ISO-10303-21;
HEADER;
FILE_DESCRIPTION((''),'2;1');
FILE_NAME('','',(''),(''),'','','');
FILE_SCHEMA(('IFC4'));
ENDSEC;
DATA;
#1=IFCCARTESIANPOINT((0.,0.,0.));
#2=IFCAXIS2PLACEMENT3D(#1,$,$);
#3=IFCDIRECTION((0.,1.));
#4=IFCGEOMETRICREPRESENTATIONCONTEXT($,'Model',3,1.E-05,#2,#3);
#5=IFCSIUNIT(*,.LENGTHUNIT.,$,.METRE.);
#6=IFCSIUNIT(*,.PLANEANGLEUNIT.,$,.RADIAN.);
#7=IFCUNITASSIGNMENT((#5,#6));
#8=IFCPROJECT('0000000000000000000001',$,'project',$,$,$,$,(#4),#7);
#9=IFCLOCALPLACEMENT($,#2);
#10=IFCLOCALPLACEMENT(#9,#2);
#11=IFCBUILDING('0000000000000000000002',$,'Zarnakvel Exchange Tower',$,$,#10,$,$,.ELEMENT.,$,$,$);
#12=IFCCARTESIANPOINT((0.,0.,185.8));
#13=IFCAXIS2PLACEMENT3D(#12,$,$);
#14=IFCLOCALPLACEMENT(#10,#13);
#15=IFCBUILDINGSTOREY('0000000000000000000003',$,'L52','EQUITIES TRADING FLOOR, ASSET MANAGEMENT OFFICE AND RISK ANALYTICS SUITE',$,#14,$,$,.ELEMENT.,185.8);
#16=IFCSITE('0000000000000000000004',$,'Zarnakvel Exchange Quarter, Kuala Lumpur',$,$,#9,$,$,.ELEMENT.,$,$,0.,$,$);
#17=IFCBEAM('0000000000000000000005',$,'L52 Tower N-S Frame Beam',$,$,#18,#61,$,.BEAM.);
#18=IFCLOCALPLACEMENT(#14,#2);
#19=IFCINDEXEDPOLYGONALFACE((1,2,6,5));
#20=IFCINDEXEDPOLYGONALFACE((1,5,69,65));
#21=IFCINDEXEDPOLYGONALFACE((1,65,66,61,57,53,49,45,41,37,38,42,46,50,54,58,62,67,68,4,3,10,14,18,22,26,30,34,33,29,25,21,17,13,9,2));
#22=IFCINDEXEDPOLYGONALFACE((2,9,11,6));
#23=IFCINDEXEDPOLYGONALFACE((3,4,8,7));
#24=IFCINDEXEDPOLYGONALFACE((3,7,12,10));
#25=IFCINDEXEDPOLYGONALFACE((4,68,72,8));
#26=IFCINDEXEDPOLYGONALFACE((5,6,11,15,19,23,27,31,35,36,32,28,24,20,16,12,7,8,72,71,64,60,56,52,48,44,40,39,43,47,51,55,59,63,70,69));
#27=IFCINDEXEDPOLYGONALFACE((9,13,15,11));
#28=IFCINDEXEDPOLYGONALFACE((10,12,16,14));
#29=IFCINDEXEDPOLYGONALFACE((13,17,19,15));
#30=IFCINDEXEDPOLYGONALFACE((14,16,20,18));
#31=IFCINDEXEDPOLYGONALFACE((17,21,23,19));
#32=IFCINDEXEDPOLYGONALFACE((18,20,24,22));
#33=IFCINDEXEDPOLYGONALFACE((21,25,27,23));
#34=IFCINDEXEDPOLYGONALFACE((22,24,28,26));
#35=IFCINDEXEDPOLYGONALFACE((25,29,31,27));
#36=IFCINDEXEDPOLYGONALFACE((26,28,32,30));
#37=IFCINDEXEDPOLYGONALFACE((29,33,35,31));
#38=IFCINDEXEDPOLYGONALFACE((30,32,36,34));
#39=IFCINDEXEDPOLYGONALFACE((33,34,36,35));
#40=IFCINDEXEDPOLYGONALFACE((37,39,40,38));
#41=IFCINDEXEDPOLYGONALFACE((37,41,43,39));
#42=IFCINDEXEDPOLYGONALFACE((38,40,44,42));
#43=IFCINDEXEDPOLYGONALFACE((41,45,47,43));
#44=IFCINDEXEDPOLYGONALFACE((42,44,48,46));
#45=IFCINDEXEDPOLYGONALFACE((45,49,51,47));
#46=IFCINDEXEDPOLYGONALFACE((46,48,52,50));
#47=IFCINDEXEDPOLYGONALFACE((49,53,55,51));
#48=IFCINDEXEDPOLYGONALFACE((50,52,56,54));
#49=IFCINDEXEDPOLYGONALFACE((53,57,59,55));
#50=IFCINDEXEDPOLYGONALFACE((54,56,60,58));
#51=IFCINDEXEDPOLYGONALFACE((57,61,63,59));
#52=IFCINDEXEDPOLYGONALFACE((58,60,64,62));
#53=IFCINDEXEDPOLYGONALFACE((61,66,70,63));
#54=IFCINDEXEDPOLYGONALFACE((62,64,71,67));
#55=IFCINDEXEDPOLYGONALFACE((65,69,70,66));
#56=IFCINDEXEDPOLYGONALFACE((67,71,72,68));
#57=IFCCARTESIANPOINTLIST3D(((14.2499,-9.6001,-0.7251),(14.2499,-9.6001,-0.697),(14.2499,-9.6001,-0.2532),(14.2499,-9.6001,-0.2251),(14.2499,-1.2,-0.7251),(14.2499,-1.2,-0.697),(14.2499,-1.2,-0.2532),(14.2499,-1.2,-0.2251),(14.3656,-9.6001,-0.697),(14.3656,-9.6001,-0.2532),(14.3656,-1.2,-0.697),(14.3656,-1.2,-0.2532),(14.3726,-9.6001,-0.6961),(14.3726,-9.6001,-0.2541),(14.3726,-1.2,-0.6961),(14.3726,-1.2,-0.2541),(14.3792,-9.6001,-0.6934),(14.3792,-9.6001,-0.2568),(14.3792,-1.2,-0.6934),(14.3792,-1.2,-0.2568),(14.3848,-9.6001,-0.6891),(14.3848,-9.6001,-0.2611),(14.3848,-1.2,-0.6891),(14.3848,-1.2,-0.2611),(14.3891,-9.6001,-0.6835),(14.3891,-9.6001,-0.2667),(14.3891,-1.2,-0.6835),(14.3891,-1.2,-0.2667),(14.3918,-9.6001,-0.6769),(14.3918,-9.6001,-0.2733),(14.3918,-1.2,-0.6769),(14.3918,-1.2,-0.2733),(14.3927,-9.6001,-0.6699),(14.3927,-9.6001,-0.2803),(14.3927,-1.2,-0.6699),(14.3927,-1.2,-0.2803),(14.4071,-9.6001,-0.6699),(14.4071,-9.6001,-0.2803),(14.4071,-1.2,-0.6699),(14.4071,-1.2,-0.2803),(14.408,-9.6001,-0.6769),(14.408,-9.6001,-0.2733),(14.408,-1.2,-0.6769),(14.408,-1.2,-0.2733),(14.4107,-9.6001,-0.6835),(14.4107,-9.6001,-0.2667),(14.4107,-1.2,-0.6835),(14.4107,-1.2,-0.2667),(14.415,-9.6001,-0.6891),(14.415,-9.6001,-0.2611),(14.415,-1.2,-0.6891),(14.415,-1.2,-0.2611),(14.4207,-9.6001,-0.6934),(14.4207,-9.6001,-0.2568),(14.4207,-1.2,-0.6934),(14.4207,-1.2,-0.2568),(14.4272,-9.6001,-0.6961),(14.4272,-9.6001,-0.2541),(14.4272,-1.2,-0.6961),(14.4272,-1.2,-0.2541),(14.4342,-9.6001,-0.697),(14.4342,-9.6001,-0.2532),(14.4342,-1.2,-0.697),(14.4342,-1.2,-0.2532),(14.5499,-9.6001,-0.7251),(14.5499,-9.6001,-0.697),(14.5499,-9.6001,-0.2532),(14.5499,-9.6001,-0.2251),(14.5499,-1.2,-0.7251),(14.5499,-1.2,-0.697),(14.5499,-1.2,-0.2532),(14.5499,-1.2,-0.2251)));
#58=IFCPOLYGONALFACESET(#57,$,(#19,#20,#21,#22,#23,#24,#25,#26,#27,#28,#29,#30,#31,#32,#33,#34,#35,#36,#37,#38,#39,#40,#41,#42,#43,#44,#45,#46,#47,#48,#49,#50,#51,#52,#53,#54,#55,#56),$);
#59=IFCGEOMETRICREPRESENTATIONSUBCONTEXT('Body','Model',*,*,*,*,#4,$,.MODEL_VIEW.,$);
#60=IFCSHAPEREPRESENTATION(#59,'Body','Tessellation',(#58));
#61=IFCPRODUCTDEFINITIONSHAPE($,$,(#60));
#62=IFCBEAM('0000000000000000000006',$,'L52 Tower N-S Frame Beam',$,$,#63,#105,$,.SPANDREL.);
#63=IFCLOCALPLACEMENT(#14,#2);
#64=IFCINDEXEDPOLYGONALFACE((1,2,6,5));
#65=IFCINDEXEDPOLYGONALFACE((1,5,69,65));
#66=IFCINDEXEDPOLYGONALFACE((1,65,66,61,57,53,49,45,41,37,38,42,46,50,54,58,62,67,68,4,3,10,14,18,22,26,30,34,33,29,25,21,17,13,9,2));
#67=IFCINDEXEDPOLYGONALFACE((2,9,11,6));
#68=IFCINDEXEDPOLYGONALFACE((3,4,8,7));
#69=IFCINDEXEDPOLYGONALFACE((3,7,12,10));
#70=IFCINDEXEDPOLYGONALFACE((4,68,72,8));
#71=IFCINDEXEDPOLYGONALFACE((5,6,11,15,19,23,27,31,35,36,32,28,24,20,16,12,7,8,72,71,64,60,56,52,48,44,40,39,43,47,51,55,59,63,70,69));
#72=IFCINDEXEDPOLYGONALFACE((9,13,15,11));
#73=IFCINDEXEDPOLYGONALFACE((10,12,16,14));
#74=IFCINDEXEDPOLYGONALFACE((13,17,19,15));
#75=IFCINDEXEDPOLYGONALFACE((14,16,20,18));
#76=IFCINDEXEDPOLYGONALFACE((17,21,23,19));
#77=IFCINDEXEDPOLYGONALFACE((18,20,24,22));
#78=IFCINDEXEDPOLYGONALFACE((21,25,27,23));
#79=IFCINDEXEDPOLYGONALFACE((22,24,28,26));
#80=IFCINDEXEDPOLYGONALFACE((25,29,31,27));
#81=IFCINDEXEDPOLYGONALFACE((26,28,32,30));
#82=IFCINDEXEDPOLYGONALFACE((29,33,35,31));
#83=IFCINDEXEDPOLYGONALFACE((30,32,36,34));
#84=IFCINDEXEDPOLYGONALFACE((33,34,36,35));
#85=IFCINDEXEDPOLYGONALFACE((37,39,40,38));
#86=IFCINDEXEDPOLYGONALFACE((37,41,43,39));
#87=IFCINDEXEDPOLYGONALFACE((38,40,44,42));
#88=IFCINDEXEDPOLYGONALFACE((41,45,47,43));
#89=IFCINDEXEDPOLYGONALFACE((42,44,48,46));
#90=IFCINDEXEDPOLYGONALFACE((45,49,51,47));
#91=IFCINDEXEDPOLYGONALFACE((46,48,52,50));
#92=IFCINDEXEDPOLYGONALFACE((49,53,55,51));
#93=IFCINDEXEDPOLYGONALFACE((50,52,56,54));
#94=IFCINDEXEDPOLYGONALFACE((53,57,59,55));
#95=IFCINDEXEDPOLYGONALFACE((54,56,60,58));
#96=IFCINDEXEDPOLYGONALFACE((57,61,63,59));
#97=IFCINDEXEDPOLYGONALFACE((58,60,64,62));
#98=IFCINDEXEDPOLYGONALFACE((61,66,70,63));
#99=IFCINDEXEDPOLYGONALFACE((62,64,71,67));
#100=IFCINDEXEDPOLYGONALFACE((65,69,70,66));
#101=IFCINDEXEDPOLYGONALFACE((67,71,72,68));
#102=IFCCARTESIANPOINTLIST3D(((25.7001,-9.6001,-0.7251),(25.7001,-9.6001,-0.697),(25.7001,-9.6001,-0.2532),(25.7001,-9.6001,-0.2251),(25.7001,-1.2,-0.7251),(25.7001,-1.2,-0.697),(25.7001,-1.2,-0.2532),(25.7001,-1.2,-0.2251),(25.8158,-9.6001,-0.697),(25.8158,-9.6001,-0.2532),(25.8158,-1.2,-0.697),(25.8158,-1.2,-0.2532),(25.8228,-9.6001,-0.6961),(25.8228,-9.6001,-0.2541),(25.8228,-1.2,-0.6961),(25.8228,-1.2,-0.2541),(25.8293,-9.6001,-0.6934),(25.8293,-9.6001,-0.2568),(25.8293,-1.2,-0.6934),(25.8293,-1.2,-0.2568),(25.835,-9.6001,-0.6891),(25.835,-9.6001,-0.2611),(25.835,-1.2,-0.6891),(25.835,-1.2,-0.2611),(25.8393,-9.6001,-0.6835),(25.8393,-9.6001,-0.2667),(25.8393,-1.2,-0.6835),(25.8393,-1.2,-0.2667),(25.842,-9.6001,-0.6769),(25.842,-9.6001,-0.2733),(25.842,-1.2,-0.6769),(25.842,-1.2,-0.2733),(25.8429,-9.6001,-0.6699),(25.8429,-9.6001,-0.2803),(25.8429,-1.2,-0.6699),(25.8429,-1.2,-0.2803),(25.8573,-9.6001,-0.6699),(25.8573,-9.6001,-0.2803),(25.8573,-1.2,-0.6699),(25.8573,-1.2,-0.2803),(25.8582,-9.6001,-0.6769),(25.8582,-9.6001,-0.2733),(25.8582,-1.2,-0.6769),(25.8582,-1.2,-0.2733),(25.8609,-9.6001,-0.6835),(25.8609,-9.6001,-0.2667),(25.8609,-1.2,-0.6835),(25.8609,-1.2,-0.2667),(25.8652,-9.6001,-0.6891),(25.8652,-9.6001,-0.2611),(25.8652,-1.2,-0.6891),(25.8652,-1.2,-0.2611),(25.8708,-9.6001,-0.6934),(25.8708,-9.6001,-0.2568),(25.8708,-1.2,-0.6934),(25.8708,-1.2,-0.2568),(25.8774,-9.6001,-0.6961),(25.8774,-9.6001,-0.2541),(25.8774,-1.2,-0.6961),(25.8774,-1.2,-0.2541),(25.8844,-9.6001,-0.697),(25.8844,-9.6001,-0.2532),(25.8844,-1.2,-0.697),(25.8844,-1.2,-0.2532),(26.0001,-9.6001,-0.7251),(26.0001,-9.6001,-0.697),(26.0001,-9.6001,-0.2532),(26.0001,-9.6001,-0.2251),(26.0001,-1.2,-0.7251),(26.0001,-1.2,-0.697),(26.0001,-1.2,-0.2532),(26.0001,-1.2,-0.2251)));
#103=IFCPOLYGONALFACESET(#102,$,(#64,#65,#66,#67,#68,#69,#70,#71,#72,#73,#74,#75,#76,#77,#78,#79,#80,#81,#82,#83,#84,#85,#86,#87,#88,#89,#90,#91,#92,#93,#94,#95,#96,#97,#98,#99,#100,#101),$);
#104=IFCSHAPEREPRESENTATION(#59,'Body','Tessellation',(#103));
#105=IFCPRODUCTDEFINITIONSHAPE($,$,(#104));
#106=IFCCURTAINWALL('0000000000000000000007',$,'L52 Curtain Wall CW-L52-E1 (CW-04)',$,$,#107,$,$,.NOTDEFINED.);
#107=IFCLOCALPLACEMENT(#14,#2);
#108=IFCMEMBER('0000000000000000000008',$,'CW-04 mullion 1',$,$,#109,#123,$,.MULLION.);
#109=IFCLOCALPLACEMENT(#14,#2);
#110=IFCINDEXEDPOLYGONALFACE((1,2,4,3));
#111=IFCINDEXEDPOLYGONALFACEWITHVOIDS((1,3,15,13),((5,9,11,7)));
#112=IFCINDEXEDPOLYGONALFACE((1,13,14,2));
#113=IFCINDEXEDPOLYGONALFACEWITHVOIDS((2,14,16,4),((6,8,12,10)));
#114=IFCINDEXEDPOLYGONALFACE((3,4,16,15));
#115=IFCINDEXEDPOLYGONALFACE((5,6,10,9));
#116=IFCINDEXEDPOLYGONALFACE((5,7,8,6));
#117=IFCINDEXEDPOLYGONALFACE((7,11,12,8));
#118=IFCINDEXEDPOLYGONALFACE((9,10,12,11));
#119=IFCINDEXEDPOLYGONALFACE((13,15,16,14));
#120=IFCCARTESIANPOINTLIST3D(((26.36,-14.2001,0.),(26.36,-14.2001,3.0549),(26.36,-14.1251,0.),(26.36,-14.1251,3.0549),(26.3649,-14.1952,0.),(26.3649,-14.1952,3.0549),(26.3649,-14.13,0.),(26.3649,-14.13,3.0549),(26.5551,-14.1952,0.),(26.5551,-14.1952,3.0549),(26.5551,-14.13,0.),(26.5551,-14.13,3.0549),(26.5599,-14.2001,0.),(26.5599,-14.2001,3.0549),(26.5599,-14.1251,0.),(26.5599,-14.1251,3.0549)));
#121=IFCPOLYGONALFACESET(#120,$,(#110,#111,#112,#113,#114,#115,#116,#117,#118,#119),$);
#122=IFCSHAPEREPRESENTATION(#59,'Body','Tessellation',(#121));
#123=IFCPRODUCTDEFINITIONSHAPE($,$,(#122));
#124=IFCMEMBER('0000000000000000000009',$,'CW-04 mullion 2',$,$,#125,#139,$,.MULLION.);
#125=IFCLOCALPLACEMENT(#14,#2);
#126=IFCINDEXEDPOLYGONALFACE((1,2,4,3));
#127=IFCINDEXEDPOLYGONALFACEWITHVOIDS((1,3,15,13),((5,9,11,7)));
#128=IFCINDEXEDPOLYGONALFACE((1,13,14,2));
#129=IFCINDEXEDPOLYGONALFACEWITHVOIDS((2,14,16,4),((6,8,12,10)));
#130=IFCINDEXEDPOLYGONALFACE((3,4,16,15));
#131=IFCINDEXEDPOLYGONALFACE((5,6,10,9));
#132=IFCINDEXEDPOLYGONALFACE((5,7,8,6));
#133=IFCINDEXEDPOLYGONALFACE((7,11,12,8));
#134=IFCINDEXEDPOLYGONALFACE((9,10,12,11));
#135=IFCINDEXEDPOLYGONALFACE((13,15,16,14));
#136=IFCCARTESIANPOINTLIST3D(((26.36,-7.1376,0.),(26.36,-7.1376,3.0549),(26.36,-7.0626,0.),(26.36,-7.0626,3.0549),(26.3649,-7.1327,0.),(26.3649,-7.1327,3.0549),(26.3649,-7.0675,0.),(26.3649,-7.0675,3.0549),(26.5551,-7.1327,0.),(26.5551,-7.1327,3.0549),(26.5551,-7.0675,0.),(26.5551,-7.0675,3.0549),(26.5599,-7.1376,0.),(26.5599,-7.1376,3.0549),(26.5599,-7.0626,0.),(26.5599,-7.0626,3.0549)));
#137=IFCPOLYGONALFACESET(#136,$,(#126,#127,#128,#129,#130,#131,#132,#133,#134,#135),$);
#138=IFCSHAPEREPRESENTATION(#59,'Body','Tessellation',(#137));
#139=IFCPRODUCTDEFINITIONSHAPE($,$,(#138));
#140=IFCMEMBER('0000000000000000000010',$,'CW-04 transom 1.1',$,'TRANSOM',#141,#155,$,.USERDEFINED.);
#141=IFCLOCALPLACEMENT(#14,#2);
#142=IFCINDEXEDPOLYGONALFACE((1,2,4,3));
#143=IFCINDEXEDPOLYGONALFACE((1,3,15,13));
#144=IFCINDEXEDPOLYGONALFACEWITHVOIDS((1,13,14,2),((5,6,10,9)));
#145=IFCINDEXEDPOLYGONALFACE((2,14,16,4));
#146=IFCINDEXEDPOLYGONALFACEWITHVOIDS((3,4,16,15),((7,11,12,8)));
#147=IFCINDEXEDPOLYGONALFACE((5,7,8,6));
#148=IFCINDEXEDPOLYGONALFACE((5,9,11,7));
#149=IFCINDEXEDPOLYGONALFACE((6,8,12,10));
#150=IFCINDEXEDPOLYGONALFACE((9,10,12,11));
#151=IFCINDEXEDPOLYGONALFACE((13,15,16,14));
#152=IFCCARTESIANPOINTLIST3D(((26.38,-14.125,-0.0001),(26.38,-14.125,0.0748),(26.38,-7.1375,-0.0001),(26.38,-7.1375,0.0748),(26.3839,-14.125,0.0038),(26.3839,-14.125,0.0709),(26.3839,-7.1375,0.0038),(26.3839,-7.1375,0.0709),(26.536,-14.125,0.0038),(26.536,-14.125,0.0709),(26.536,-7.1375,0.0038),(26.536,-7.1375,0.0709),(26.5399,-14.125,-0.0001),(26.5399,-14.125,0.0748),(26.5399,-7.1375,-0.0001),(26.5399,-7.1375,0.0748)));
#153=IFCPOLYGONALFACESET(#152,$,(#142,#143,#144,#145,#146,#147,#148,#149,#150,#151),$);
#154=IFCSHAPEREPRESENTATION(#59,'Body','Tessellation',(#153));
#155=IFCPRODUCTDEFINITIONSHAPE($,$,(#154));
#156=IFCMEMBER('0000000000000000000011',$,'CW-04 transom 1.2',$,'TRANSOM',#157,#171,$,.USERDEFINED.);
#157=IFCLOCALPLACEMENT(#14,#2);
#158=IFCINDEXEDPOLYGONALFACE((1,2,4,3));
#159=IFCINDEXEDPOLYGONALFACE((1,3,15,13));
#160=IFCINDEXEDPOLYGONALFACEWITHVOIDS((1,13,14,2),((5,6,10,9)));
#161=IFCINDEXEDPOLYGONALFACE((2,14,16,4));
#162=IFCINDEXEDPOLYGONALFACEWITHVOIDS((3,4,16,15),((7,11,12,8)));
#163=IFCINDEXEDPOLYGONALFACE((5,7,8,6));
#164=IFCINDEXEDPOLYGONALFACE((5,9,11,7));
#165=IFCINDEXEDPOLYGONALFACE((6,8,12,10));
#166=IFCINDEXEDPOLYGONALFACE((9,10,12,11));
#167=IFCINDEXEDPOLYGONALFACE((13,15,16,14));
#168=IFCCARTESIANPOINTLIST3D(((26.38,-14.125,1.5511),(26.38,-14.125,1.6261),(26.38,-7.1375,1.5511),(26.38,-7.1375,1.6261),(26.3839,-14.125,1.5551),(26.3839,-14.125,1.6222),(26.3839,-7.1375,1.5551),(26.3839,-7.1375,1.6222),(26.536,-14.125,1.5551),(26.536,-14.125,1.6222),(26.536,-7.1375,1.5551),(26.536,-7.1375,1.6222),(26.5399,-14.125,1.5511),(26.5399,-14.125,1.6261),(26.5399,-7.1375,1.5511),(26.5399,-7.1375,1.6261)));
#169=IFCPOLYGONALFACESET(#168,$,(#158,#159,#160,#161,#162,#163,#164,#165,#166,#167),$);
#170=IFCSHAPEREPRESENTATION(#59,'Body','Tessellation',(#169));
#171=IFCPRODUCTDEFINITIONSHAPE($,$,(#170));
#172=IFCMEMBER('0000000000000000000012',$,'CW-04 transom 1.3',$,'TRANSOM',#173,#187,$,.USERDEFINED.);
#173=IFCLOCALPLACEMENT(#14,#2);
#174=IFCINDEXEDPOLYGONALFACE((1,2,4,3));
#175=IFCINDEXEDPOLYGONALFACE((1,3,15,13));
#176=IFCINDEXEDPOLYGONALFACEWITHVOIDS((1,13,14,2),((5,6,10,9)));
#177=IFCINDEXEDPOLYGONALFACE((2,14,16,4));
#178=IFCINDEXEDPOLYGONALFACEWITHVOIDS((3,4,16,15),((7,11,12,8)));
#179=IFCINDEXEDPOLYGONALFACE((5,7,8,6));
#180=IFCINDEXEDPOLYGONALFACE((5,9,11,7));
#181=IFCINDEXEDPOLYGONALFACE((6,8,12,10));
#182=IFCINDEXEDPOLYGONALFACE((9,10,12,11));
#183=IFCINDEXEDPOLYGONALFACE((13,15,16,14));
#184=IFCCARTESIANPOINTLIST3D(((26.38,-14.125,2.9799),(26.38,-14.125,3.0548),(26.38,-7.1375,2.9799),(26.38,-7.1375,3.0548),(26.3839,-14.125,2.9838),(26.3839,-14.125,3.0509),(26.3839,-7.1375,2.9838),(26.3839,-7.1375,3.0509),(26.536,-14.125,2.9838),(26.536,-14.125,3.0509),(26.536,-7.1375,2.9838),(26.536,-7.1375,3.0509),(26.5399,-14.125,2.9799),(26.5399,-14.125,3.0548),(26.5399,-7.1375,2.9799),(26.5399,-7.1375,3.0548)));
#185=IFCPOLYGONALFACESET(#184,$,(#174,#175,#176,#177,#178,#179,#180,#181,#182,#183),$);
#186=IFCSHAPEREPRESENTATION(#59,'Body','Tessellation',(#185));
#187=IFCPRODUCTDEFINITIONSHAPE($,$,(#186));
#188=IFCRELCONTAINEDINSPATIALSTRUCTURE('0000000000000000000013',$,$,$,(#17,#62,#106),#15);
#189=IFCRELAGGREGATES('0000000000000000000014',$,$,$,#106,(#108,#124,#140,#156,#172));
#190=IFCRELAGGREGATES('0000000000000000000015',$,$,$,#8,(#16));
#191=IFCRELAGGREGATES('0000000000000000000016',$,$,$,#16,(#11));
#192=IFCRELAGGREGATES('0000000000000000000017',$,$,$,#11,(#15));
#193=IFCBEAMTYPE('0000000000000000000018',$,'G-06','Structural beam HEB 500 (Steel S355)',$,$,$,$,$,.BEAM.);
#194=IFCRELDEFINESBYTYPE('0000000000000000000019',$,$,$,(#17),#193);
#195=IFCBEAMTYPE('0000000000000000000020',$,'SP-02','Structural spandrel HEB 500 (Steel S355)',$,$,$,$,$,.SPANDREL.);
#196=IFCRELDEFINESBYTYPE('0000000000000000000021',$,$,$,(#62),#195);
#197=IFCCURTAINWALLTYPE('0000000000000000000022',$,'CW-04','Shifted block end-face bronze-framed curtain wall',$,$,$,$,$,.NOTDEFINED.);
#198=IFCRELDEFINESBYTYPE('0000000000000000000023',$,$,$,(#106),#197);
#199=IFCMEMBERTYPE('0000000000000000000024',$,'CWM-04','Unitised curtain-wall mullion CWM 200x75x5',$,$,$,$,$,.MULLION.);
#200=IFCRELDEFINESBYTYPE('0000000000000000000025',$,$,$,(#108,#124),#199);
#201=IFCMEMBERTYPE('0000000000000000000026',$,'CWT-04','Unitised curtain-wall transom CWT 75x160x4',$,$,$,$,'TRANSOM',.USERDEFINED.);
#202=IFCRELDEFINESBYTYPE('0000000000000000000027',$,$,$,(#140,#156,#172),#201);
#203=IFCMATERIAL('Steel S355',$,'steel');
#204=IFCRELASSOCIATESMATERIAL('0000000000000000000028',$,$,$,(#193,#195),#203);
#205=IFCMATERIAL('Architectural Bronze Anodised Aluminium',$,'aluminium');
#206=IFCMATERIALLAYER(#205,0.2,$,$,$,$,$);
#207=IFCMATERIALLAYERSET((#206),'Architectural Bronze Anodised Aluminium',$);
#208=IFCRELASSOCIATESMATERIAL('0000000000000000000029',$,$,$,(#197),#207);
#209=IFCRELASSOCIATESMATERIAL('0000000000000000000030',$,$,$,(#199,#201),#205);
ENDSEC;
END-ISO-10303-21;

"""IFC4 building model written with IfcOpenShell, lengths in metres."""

from ifc_helpers import new_model, si_unit, direction, frame, origin, origin_2d, place, context, subcontext, project, spatial, hollow_rectangle, i_section, extrude, source, transform, mapped, material, layer, layer_set, material_profile, profile_set, type_object, element, aggregate, save


model = new_model("IFC4")

# Units and contexts
model_context = context("Model", 3, precision=1e-05, world=origin(), true_north=direction((0.0, 1.0)))
body_context = subcontext(model_context, "Body", "Model", "MODEL_VIEW")
ifc_project = project(units=[si_unit("LENGTHUNIT", "METRE"), si_unit("PLANEANGLEUNIT", "RADIAN")], contexts=[model_context])

# Site, building, storey
site_placement = place(None, origin())
site = spatial("IfcSite", under=ifc_project, at=site_placement, Name="Zarnakvel Exchange Quarter, Kuala Lumpur", CompositionType="ELEMENT", RefElevation=0.0)
building_placement = place(site_placement, origin())
building = spatial("IfcBuilding", under=site, at=building_placement, Name="Zarnakvel Exchange Tower", CompositionType="ELEMENT")
storey_placement = place(building_placement, frame((0.0, 0.0, 185.8)))
storey = spatial("IfcBuildingStorey", under=building, at=storey_placement, Name="L52", Description="EQUITIES TRADING FLOOR, ASSET MANAGEMENT OFFICE AND RISK ANALYTICS SUITE", CompositionType="ELEMENT", Elevation=185.8)

# Shared definitions
ifc_material_1 = material(Name="Steel S355", Category="steel")

# Beams
ifc_material_profile_1 = material_profile(ifc_material_1, i_section(OverallWidth=0.3, OverallDepth=0.5, WebThickness=0.0144, FlangeThickness=0.0281, FilletRadius=0.0271, at=origin_2d()))
ifc_profile_set_1 = profile_set([ifc_material_profile_1], Name="Steel S355")
beam_type_1 = type_object("IfcBeamType", Name="G-06", Description="Structural beam HEB 500 (Steel S355)", PredefinedType="BEAM", material=ifc_profile_set_1)
beam_1_placement = place(storey_placement, frame((14.3999, -9.6001, -0.4751), z_axis=(0.0, 1.0, 0.0), x_axis=(-1.0, 0.0, 0.0)))
element("IfcBeam", 1, at=beam_1_placement, inside=storey, type_object=beam_type_1, Name="L52 Tower N-S Frame Beam", PredefinedType="BEAM", context=body_context, shape_type="SweptSolid", body=[
    extrude(i_section(OverallWidth=0.3, OverallDepth=0.5, WebThickness=0.0144, FlangeThickness=0.0281, FilletRadius=0.0271, at=origin_2d()), origin(), (0.0, 0.0, 1.0), 8.4001),
])
ifc_material_profile_2 = material_profile(ifc_material_1, i_section(OverallWidth=0.3, OverallDepth=0.5, WebThickness=0.0144, FlangeThickness=0.0281, FilletRadius=0.0271, at=origin_2d()))
ifc_profile_set_2 = profile_set([ifc_material_profile_2], Name="Steel S355")
beam_type_2 = type_object("IfcBeamType", Name="SP-02", Description="Structural spandrel HEB 500 (Steel S355)", PredefinedType="SPANDREL", material=ifc_profile_set_2)
beam_2_placement = place(storey_placement, frame((25.8501, -9.6001, -0.4751), z_axis=(0.0, 1.0, 0.0), x_axis=(-1.0, 0.0, 0.0)))
element("IfcBeam", 2, at=beam_2_placement, inside=storey, type_object=beam_type_2, Name="L52 Tower N-S Frame Beam", PredefinedType="SPANDREL", context=body_context, shape_type="SweptSolid", body=[
    extrude(i_section(OverallWidth=0.3, OverallDepth=0.5, WebThickness=0.0144, FlangeThickness=0.0281, FilletRadius=0.0271, at=origin_2d()), origin(), (0.0, 0.0, 1.0), 8.4001),
])

# Curtain wall, members
ifc_material_2 = material(Name="Architectural Bronze Anodised Aluminium", Category="aluminium")
ifc_layer_1 = layer(ifc_material_2, 0.2)
ifc_layer_set_1 = layer_set([ifc_layer_1], Name="Architectural Bronze Anodised Aluminium")
curtain_wall_type = type_object("IfcCurtainWallType", Name="CW-04", Description="Shifted block end-face bronze-framed curtain wall", PredefinedType="NOTDEFINED", material=ifc_layer_set_1)
curtain_wall_placement = place(storey_placement, origin())
curtain_wall = element("IfcCurtainWall", 3, at=curtain_wall_placement, inside=storey, type_object=curtain_wall_type, Name="L52 Curtain Wall CW-L52-E1 (CW-04)", PredefinedType="NOTDEFINED")
ifc_material_profile_3 = material_profile(ifc_material_2, hollow_rectangle(XDim=0.2, YDim=0.075, WallThickness=0.0049, at=origin_2d()))
ifc_profile_set_3 = profile_set([ifc_material_profile_3], Name="Architectural Bronze Anodised Aluminium")
member_type_1 = type_object("IfcMemberType", Name="CWM-04", Description="Unitised curtain-wall mullion CWM 200x75x5", PredefinedType="MULLION", material=ifc_profile_set_3)
shared_shape_1 = source(origin(), body_context, "Body", "SweptSolid", [
    extrude(hollow_rectangle(XDim=0.2, YDim=0.075, WallThickness=0.0049, at=origin_2d()), origin(), (0.0, 0.0, 1.0), 3.0549),
])
member_1_placement = place(storey_placement, frame((26.46, -14.1626, 0.0), z_axis=(0.0, 0.0, 1.0), x_axis=(-1.0, 0.0, 0.0)))
member_1 = element("IfcMember", 4, at=member_1_placement, type_object=member_type_1, Name="CW-04 mullion 1", PredefinedType="MULLION", context=body_context, shape_type="MappedRepresentation", body=[
    mapped(shared_shape_1, transform((0.0, 0.0, 0.0), x_axis=(1.0, 0.0, 0.0), y_axis=(0.0, 1.0, 0.0), z_axis=(0.0, 0.0, 1.0), scale=1.0)),
])
member_2_placement = place(storey_placement, frame((26.46, -7.1001, 0.0), z_axis=(0.0, 0.0, 1.0), x_axis=(-1.0, 0.0, 0.0)))
member_2 = element("IfcMember", 5, at=member_2_placement, type_object=member_type_1, Name="CW-04 mullion 2", PredefinedType="MULLION", context=body_context, shape_type="MappedRepresentation", body=[
    mapped(shared_shape_1, transform((0.0, 0.0, 0.0), x_axis=(1.0, 0.0, 0.0), y_axis=(0.0, 1.0, 0.0), z_axis=(0.0, 0.0, 1.0), scale=1.0)),
])
ifc_material_profile_4 = material_profile(ifc_material_2, hollow_rectangle(XDim=0.1599, YDim=0.075, WallThickness=0.0039, at=origin_2d()))
ifc_profile_set_4 = profile_set([ifc_material_profile_4], Name="Architectural Bronze Anodised Aluminium")
member_type_2 = type_object("IfcMemberType", Name="CWT-04", Description="Unitised curtain-wall transom CWT 75x160x4", ElementType="TRANSOM", PredefinedType="USERDEFINED", material=ifc_profile_set_4)
shared_shape_2 = source(origin(), body_context, "Body", "SweptSolid", [
    extrude(hollow_rectangle(XDim=0.1599, YDim=0.075, WallThickness=0.0039, at=origin_2d()), origin(), (0.0, 0.0, 1.0), 6.9875),
])
member_3_placement = place(storey_placement, frame((26.46, -14.125, 0.0374), z_axis=(0.0, 1.0, 0.0), x_axis=(-1.0, 0.0, 0.0)))
member_3 = element("IfcMember", 6, at=member_3_placement, type_object=member_type_2, Name="CW-04 transom 1.1", ObjectType="TRANSOM", PredefinedType="USERDEFINED", context=body_context, shape_type="MappedRepresentation", body=[
    mapped(shared_shape_2, transform((0.0, 0.0, 0.0), x_axis=(1.0, 0.0, 0.0), y_axis=(0.0, 1.0, 0.0), z_axis=(0.0, 0.0, 1.0), scale=1.0)),
])
member_4_placement = place(storey_placement, frame((26.46, -14.125, 1.5886), z_axis=(0.0, 1.0, 0.0), x_axis=(-1.0, 0.0, 0.0)))
member_4 = element("IfcMember", 7, at=member_4_placement, type_object=member_type_2, Name="CW-04 transom 1.2", ObjectType="TRANSOM", PredefinedType="USERDEFINED", context=body_context, shape_type="MappedRepresentation", body=[
    mapped(shared_shape_2, transform((0.0, 0.0, 0.0), x_axis=(1.0, 0.0, 0.0), y_axis=(0.0, 1.0, 0.0), z_axis=(0.0, 0.0, 1.0), scale=1.0)),
])
member_5_placement = place(storey_placement, frame((26.46, -14.125, 3.0173), z_axis=(0.0, 1.0, 0.0), x_axis=(-1.0, 0.0, 0.0)))
member_5 = element("IfcMember", 8, at=member_5_placement, type_object=member_type_2, Name="CW-04 transom 1.3", ObjectType="TRANSOM", PredefinedType="USERDEFINED", context=body_context, shape_type="MappedRepresentation", body=[
    mapped(shared_shape_2, transform((0.0, 0.0, 0.0), x_axis=(1.0, 0.0, 0.0), y_axis=(0.0, 1.0, 0.0), z_axis=(0.0, 0.0, 1.0), scale=1.0)),
])
aggregate(curtain_wall, [member_1, member_2, member_3, member_4, member_5])

save(model, "model.ifc")
